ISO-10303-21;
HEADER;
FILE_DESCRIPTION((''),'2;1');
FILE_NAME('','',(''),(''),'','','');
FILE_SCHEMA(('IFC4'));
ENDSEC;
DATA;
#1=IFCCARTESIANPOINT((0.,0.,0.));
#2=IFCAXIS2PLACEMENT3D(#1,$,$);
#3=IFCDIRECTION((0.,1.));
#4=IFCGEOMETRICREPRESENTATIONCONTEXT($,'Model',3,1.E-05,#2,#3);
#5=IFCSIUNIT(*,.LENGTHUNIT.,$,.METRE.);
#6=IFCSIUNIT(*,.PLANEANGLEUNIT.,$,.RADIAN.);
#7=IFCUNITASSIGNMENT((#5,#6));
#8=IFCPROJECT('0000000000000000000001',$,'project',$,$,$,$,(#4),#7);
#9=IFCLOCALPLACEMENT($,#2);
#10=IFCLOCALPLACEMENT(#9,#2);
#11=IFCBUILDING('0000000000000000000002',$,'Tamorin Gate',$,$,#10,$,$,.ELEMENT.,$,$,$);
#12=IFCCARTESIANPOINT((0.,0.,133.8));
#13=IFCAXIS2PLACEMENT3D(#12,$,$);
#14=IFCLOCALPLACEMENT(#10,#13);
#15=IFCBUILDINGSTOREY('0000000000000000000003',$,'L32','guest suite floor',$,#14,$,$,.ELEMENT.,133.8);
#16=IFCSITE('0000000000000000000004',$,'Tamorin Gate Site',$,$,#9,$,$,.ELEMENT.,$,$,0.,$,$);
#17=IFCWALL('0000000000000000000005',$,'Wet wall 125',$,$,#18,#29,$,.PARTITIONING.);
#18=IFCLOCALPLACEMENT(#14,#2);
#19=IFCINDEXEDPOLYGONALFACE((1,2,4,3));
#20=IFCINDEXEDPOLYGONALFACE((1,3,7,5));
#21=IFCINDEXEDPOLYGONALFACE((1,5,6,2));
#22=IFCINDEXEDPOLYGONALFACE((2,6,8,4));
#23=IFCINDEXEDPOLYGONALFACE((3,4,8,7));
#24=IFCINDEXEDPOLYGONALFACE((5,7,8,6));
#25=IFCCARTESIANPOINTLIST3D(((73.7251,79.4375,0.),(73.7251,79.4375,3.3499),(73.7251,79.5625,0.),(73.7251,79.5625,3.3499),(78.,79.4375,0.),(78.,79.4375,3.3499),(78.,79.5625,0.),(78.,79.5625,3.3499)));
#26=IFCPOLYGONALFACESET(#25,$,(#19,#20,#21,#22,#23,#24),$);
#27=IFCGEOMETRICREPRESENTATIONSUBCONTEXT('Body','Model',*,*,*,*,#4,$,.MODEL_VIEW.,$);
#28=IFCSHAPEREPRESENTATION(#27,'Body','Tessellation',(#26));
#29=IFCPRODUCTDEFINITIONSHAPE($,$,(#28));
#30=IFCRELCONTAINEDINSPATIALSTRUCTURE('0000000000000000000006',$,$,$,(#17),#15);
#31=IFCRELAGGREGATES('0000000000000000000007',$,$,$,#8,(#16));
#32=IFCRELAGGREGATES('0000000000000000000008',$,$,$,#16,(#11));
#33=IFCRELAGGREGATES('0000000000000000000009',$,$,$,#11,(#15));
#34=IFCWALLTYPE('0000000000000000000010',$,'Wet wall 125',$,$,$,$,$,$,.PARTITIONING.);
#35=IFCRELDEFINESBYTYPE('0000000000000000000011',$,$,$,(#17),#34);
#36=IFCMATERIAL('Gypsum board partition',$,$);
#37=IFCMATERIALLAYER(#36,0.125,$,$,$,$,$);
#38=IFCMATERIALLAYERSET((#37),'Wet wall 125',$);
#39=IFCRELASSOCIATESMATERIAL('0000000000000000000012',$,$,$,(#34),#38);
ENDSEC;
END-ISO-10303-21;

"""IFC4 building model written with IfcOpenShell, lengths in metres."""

from ifc_helpers import new_model, si_unit, direction, frame, frame_2d, origin, place, context, subcontext, project, spatial, rectangle, extrude, material, layer, layer_set, type_object, element, save


model = new_model("IFC4")

# Units and contexts
model_context = context("Model", 3, precision=1e-05, world=origin(), true_north=direction((0.0, 1.0)))
body_context = subcontext(model_context, "Body", "Model", "MODEL_VIEW")
ifc_project = project(units=[si_unit("LENGTHUNIT", "METRE"), si_unit("PLANEANGLEUNIT", "RADIAN")], contexts=[model_context])

# Site, building, storey
site_placement = place(None, origin())
site = spatial("IfcSite", under=ifc_project, at=site_placement, Name="Tamorin Gate Site", CompositionType="ELEMENT", RefElevation=0.0)
building_placement = place(site_placement, origin())
building = spatial("IfcBuilding", under=site, at=building_placement, Name="Tamorin Gate", CompositionType="ELEMENT")
storey_placement = place(building_placement, frame((0.0, 0.0, 133.8)))
storey = spatial("IfcBuildingStorey", under=building, at=storey_placement, Name="L32", Description="guest suite floor", CompositionType="ELEMENT", Elevation=133.8)

# Shared definitions
ifc_material_1 = material(Name="Gypsum board partition")

# Wall
ifc_layer_1 = layer(ifc_material_1, 0.125)
ifc_layer_set_1 = layer_set([ifc_layer_1], Name="Wet wall 125")
wall_type_1 = type_object("IfcWallType", Name="Wet wall 125", PredefinedType="PARTITIONING", material=ifc_layer_set_1)
wall_1_placement = place(storey_placement, frame((73.7251, 79.5, 0.0), z_axis=(0.0, 0.0, 1.0), x_axis=(1.0, 0.0, 0.0)))
element("IfcWall", 1, at=wall_1_placement, inside=storey, type_object=wall_type_1, Name="Wet wall 125", PredefinedType="PARTITIONING", context=body_context, shape_type="SweptSolid", body=[
    extrude(rectangle(XDim=4.2749, YDim=0.125, at=frame_2d((2.1375, 0.0))), origin(), (0.0, 0.0, 1.0), 3.3499),
])

save(model, "model.ifc")
